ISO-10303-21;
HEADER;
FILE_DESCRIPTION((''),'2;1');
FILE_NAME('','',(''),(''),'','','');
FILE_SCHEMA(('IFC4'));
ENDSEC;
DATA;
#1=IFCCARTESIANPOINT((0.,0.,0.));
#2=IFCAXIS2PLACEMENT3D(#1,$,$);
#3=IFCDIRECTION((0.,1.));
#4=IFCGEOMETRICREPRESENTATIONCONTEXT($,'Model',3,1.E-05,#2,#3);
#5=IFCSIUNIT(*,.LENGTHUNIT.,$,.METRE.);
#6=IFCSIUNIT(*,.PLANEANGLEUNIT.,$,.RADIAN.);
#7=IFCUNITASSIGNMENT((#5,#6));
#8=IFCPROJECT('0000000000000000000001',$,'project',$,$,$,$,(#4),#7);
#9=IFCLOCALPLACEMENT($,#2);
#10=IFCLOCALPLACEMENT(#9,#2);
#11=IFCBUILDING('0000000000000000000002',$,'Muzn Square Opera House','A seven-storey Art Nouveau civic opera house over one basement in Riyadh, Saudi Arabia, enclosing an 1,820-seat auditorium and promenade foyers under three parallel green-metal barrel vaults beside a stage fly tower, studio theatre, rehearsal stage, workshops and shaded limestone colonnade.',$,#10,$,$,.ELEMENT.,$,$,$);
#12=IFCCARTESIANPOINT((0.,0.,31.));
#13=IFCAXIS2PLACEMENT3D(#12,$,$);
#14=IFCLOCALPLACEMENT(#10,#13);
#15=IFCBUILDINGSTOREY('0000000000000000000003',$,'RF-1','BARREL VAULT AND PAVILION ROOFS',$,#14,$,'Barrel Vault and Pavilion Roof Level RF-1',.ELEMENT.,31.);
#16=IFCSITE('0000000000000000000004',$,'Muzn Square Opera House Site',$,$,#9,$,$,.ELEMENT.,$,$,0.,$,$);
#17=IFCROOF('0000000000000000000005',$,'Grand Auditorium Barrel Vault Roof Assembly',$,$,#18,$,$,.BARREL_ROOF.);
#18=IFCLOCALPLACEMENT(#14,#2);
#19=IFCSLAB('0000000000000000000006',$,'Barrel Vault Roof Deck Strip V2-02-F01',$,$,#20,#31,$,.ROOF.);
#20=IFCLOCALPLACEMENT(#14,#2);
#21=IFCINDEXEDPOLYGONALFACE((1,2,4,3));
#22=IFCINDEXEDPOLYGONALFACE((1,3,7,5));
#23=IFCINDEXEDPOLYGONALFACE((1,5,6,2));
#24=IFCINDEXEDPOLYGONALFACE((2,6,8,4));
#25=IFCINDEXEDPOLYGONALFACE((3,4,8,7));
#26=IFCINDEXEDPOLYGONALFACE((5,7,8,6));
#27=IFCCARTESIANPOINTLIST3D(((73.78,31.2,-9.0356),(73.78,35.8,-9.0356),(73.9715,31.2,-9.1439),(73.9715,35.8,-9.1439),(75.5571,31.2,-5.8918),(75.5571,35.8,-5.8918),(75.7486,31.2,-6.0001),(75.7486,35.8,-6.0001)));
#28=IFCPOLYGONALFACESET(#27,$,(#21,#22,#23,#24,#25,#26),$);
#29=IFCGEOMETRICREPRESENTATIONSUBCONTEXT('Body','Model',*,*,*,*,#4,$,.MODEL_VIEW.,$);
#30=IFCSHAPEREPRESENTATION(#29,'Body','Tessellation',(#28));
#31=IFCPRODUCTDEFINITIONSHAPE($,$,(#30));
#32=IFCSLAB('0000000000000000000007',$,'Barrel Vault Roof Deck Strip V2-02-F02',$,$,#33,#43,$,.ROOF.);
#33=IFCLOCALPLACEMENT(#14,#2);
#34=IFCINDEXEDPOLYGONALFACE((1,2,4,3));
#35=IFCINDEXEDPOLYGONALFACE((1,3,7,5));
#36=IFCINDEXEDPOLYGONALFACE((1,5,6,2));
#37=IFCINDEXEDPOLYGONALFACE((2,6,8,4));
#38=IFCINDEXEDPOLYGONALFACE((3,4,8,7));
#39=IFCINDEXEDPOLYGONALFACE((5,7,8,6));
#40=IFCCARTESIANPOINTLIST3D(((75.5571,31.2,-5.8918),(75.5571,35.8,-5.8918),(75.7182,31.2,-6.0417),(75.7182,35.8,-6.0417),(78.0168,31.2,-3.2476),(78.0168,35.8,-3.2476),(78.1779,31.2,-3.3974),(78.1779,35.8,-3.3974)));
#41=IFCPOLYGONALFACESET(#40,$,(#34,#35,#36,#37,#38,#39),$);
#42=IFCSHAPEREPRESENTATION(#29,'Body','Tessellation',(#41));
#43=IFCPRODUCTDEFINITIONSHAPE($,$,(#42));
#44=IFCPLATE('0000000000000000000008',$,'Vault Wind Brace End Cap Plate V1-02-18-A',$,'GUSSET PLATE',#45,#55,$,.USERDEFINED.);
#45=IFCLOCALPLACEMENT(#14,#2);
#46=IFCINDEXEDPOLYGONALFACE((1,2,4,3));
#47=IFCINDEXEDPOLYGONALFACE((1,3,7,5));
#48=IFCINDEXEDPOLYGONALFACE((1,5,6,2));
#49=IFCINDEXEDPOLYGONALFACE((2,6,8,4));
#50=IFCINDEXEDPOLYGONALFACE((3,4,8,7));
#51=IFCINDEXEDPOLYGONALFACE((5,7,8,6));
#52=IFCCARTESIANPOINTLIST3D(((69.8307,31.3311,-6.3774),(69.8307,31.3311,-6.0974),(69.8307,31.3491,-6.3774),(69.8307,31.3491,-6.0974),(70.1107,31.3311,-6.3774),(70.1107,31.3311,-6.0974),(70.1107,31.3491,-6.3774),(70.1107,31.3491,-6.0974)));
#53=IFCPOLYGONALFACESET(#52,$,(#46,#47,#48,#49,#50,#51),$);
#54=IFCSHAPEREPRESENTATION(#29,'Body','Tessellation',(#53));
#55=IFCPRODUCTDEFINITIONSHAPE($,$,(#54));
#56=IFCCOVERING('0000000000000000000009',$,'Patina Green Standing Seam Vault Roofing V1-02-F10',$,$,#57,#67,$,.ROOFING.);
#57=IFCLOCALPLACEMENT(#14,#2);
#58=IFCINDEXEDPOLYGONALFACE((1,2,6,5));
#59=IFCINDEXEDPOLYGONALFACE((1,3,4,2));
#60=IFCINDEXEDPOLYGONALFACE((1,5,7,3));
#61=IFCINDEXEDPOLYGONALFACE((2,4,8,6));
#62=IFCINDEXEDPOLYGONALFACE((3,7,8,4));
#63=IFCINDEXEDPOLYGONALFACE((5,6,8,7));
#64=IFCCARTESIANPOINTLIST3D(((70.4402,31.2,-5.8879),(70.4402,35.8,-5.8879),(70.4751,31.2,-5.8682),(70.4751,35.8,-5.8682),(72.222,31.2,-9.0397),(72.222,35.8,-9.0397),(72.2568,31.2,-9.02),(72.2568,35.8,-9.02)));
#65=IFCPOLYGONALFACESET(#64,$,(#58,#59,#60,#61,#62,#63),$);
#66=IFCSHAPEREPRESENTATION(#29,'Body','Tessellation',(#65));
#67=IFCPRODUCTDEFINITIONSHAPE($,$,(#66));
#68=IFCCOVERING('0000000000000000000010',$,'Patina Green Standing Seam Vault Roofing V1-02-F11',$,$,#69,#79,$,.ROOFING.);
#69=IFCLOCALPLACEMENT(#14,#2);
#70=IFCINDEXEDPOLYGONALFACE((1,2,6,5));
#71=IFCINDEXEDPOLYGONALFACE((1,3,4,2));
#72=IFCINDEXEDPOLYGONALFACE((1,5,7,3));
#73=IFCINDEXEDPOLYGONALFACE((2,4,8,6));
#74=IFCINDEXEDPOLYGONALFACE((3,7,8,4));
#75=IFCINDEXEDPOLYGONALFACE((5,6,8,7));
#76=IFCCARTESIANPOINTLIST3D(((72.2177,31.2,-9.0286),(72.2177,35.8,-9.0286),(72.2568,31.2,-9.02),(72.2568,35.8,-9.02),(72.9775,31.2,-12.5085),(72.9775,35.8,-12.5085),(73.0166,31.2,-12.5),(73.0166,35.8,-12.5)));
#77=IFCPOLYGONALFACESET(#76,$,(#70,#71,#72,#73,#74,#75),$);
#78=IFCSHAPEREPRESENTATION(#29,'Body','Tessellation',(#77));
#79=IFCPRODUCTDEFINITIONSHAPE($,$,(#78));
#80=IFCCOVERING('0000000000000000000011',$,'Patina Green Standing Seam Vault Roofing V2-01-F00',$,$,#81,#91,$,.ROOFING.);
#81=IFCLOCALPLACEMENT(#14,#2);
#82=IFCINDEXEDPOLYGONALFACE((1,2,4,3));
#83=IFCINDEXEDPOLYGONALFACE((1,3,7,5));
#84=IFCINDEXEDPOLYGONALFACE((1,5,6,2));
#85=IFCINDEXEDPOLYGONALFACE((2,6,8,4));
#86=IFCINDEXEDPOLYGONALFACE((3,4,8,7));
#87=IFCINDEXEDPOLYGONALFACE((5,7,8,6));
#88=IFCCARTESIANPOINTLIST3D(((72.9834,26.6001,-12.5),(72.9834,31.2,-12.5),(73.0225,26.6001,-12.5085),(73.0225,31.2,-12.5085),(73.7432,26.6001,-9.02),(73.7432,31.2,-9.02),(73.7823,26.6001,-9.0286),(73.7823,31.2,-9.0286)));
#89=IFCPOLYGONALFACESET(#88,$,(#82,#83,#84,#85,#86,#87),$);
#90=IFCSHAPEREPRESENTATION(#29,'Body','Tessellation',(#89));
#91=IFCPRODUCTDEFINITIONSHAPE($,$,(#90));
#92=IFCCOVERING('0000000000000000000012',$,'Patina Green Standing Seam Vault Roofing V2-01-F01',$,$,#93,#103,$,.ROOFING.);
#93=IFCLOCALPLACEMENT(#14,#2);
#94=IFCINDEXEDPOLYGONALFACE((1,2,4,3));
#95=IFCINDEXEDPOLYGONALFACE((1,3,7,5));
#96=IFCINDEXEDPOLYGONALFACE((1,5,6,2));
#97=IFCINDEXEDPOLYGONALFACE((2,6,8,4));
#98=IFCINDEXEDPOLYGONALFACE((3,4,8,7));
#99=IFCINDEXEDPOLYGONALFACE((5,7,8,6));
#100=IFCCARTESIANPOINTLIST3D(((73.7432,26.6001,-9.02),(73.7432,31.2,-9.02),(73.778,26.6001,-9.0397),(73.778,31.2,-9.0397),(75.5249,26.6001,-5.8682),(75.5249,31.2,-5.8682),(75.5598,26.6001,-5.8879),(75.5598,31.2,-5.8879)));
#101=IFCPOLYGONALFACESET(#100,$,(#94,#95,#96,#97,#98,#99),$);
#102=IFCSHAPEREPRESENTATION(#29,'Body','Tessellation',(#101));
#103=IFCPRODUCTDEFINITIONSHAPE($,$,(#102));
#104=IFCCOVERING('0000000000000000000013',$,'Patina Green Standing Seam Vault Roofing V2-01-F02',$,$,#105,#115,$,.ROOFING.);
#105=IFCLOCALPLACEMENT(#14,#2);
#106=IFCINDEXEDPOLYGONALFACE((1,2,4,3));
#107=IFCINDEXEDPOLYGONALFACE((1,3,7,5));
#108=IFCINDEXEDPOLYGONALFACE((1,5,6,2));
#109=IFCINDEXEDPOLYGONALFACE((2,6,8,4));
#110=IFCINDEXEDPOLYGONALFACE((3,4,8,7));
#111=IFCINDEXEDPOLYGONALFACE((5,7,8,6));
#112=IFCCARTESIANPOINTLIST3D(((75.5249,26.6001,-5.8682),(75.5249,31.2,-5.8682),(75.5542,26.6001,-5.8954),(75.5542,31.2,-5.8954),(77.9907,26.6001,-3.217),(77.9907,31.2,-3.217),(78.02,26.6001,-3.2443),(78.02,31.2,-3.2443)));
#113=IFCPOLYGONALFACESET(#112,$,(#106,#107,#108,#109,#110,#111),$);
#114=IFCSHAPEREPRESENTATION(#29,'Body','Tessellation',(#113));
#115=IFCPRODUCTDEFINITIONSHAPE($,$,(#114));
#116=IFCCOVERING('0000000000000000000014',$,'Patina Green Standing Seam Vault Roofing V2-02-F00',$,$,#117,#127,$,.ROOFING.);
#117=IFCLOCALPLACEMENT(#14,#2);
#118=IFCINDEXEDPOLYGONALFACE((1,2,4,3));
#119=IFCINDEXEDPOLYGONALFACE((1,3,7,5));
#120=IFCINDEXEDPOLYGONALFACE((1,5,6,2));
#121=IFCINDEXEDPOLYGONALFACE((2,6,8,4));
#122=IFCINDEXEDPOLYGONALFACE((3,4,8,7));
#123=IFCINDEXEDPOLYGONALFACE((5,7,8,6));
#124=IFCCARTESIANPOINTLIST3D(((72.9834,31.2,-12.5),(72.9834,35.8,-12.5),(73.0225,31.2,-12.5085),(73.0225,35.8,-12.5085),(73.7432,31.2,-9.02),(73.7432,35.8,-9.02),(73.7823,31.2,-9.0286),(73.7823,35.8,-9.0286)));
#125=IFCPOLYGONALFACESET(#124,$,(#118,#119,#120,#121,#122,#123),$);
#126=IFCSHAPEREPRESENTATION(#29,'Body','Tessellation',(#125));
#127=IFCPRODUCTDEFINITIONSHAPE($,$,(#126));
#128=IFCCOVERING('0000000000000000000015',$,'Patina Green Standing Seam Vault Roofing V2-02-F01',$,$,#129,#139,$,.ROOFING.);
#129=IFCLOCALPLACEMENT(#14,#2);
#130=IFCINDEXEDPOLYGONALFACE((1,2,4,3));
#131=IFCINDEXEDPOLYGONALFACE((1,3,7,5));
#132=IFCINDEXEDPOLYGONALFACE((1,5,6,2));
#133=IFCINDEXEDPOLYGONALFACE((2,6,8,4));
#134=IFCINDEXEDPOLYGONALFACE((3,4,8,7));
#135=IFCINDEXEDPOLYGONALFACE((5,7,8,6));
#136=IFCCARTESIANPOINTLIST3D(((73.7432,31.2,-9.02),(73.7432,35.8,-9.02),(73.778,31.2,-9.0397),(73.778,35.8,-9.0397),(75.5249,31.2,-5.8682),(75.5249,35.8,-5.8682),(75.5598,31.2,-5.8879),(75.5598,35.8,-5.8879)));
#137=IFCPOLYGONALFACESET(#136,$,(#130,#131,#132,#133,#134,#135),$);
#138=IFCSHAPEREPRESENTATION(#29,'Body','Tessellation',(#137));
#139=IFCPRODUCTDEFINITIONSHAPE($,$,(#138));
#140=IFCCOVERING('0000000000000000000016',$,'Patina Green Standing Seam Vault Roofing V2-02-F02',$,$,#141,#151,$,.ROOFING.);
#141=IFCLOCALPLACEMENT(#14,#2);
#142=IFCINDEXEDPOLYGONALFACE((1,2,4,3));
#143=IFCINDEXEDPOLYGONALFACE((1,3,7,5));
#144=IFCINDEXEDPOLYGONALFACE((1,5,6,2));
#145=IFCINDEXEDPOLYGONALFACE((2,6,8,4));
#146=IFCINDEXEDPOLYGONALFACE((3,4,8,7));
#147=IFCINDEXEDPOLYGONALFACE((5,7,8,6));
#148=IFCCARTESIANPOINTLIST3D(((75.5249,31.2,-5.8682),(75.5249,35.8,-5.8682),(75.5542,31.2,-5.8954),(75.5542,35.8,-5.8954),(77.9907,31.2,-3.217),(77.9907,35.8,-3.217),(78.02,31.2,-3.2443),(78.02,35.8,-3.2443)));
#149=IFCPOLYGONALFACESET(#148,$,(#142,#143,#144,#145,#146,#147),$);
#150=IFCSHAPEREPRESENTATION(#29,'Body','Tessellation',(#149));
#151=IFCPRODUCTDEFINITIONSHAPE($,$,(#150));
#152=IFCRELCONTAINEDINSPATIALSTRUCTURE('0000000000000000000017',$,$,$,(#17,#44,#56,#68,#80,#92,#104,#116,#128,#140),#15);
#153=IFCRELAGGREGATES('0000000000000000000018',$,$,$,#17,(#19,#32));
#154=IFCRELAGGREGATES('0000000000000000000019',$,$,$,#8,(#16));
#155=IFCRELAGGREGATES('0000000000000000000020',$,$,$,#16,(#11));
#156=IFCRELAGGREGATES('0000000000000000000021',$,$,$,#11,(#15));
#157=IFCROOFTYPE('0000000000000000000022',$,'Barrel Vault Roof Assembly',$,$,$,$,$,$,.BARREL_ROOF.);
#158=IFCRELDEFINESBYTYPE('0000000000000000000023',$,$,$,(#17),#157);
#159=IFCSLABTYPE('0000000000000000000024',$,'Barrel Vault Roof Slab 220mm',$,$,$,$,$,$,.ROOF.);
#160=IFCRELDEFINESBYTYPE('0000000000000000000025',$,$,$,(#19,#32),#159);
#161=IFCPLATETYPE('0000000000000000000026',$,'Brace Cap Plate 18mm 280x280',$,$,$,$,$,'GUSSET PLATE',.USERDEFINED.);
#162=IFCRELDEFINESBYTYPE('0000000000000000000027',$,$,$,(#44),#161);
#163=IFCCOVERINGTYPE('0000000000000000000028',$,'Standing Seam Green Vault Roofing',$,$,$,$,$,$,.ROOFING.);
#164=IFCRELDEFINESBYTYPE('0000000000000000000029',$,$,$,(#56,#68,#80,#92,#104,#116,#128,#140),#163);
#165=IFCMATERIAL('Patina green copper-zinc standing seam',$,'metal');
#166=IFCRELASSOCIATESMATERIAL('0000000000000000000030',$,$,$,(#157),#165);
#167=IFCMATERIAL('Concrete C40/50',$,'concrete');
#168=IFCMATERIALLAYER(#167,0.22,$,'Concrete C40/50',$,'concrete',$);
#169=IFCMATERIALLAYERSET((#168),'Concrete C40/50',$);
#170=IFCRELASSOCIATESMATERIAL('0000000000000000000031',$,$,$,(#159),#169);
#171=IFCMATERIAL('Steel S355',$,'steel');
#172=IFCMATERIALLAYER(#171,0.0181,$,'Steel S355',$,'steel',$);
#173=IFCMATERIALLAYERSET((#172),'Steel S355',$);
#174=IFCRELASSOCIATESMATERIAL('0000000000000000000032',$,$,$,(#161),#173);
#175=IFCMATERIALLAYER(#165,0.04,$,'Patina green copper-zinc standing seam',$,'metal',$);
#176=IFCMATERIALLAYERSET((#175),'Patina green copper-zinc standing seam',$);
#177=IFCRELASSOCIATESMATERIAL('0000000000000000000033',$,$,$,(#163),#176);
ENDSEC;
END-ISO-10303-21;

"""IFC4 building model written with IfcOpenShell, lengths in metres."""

from ifc_helpers import new_model, si_unit, direction, frame, origin, origin_2d, place, context, subcontext, project, spatial, polyline, rectangle, outline, extrude, material, layer, layer_set, type_object, element, aggregate, save


model = new_model("IFC4")

# Units and contexts
model_context = context("Model", 3, precision=1e-05, world=origin(), true_north=direction((0.0, 1.0)))
body_context = subcontext(model_context, "Body", "Model", "MODEL_VIEW")
ifc_project = project(units=[si_unit("LENGTHUNIT", "METRE"), si_unit("PLANEANGLEUNIT", "RADIAN")], contexts=[model_context])

# Site, building, storey
site_placement = place(None, origin())
site = spatial("IfcSite", under=ifc_project, at=site_placement, Name="Muzn Square Opera House Site", CompositionType="ELEMENT", RefElevation=0.0)
building_placement = place(site_placement, origin())
building = spatial("IfcBuilding", under=site, at=building_placement, Name="Muzn Square Opera House", Description="A seven-storey Art Nouveau civic opera house over one basement in Riyadh, Saudi Arabia, enclosing an 1,820-seat auditorium and promenade foyers under three parallel green-metal barrel vaults beside a stage fly tower, studio theatre, rehearsal stage, workshops and shaded limestone colonnade.", CompositionType="ELEMENT")
storey_placement = place(building_placement, frame((0.0, 0.0, 31.0)))
storey = spatial("IfcBuildingStorey", under=building, at=storey_placement, Name="RF-1", Description="BARREL VAULT AND PAVILION ROOFS", LongName="Barrel Vault and Pavilion Roof Level RF-1", CompositionType="ELEMENT", Elevation=31.0)

# Shared definitions
ifc_material_1 = material(Name="Steel S355", Category="steel")

# Roof, slabs
ifc_material_2 = material(Name="Patina green copper-zinc standing seam", Category="metal")
roof_type = type_object("IfcRoofType", Name="Barrel Vault Roof Assembly", PredefinedType="BARREL_ROOF", material=ifc_material_2)
ifc_material_3 = material(Name="Concrete C40/50", Category="concrete")
ifc_layer_1 = layer(ifc_material_3, 0.22, Name="Concrete C40/50", Category="concrete")
ifc_layer_set_1 = layer_set([ifc_layer_1], Name="Concrete C40/50")
slab_type = type_object("IfcSlabType", Name="Barrel Vault Roof Slab 220mm", PredefinedType="ROOF", material=ifc_layer_set_1)
roof_1_placement = place(storey_placement, origin())
roof_1 = element("IfcRoof", 1, at=roof_1_placement, inside=storey, type_object=roof_type, Name="Grand Auditorium Barrel Vault Roof Assembly", PredefinedType="BARREL_ROOF")
slab_1_placement = place(storey_placement, frame((75.5571, 31.2, -5.8918), z_axis=(-0.870543, 0.0, 0.492093), x_axis=(0.0, 1.0, 0.0)))
slab_1 = element("IfcSlab", 2, at=slab_1_placement, type_object=slab_type, Name="Barrel Vault Roof Deck Strip V2-02-F01", PredefinedType="ROOF", context=body_context, shape_type="SweptSolid", body=[
    extrude(outline(polyline([(0.0, 3.6113), (0.0, 0.0), (4.6001, 0.0), (4.6001, 3.6113), (0.0, 3.6113)])), origin(), (0.0, 0.0, -1.0), 0.22),
])
slab_2_placement = place(storey_placement, frame((78.0168, 31.2, -3.2476), z_axis=(-0.732198, 0.0, 0.681091), x_axis=(0.0, 1.0, 0.0)))
slab_2 = element("IfcSlab", 3, at=slab_2_placement, type_object=slab_type, Name="Barrel Vault Roof Deck Strip V2-02-F02", PredefinedType="ROOF", context=body_context, shape_type="SweptSolid", body=[
    extrude(outline(polyline([(0.0, 3.6114), (0.0, 0.0), (4.6001, 0.0), (4.6001, 3.6114), (0.0, 3.6114)])), origin(), (0.0, 0.0, -1.0), 0.22),
])
aggregate(roof_1, [slab_1, slab_2])

# Plate
ifc_layer_2 = layer(ifc_material_1, 0.0181, Name="Steel S355", Category="steel")
ifc_layer_set_2 = layer_set([ifc_layer_2], Name="Steel S355")
plate_type = type_object("IfcPlateType", Name="Brace Cap Plate 18mm 280x280", ElementType="GUSSET PLATE", PredefinedType="USERDEFINED", material=ifc_layer_set_2)
plate_placement = place(storey_placement, frame((69.9707, 31.3401, -6.3774), z_axis=(0.0, 0.0, 1.0), x_axis=(1.0, 0.0, 0.0)))
element("IfcPlate", 4, at=plate_placement, inside=storey, type_object=plate_type, Name="Vault Wind Brace End Cap Plate V1-02-18-A", ObjectType="GUSSET PLATE", PredefinedType="USERDEFINED", context=body_context, shape_type="SweptSolid", body=[
    extrude(rectangle(XDim=0.28, YDim=0.0181, at=origin_2d()), origin(), (0.0, 0.0, 1.0), 0.28),
])

# Coverings
ifc_layer_3 = layer(ifc_material_2, 0.04, Name="Patina green copper-zinc standing seam", Category="metal")
ifc_layer_set_3 = layer_set([ifc_layer_3], Name="Patina green copper-zinc standing seam")
covering_type = type_object("IfcCoveringType", Name="Standing Seam Green Vault Roofing", PredefinedType="ROOFING", material=ifc_layer_set_3)
covering_1_placement = place(storey_placement, frame((70.4751, 31.2, -5.8682), z_axis=(0.870533, 0.0, 0.492111), x_axis=(0.492111, 0.0, -0.870533)))
element("IfcCovering", 5, at=covering_1_placement, inside=storey, type_object=covering_type, Name="Patina Green Standing Seam Vault Roofing V1-02-F10", PredefinedType="ROOFING", context=body_context, shape_type="SweptSolid", body=[
    extrude(outline(polyline([(0.0, 0.0), (3.6206, 0.0), (3.6206, 4.6001), (0.0, 4.6001), (0.0, 0.0)])), origin(), (0.0, 0.0, -1.0), 0.04),
])
covering_2_placement = place(storey_placement, frame((72.2568, 31.2, -9.02), z_axis=(0.976987, 0.0, 0.2133), x_axis=(0.2133, 0.0, -0.976987)))
element("IfcCovering", 6, at=covering_2_placement, inside=storey, type_object=covering_type, Name="Patina Green Standing Seam Vault Roofing V1-02-F11", PredefinedType="ROOFING", context=body_context, shape_type="SweptSolid", body=[
    extrude(outline(polyline([(0.0, 0.0), (3.562, 0.0), (3.562, 4.6001), (0.0, 4.6001), (0.0, 0.0)])), origin(), (0.0, 0.0, -1.0), 0.04),
])
covering_3_placement = place(storey_placement, frame((73.7432, 26.6001, -9.02), z_axis=(-0.976987, 0.0, 0.2133), x_axis=(0.0, 1.0, 0.0)))
element("IfcCovering", 7, at=covering_3_placement, inside=storey, type_object=covering_type, Name="Patina Green Standing Seam Vault Roofing V2-01-F00", PredefinedType="ROOFING", context=body_context, shape_type="SweptSolid", body=[
    extrude(outline(polyline([(0.0, 3.562), (0.0, 0.0), (4.5999, 0.0), (4.5999, 3.562), (0.0, 3.562)])), origin(), (0.0, 0.0, -1.0), 0.04),
])
covering_4_placement = place(storey_placement, frame((75.5249, 26.6001, -5.8682), z_axis=(-0.870533, 0.0, 0.492111), x_axis=(0.0, 1.0, 0.0)))
element("IfcCovering", 8, at=covering_4_placement, inside=storey, type_object=covering_type, Name="Patina Green Standing Seam Vault Roofing V2-01-F01", PredefinedType="ROOFING", context=body_context, shape_type="SweptSolid", body=[
    extrude(outline(polyline([(0.0, 3.6206), (0.0, 0.0), (4.5999, 0.0), (4.5999, 3.6206), (0.0, 3.6206)])), origin(), (0.0, 0.0, -1.0), 0.04),
])
covering_5_placement = place(storey_placement, frame((77.9907, 26.6001, -3.217), z_axis=(-0.732234, 0.0, 0.681053), x_axis=(0.0, 1.0, 0.0)))
element("IfcCovering", 9, at=covering_5_placement, inside=storey, type_object=covering_type, Name="Patina Green Standing Seam Vault Roofing V2-01-F02", PredefinedType="ROOFING", context=body_context, shape_type="SweptSolid", body=[
    extrude(outline(polyline([(0.0, 3.6206), (0.0, 0.0), (4.5999, 0.0), (4.5999, 3.6206), (0.0, 3.6206)])), origin(), (0.0, 0.0, -1.0), 0.04),
])
covering_6_placement = place(storey_placement, frame((73.7432, 31.2, -9.02), z_axis=(-0.976987, 0.0, 0.2133), x_axis=(0.0, 1.0, 0.0)))
element("IfcCovering", 10, at=covering_6_placement, inside=storey, type_object=covering_type, Name="Patina Green Standing Seam Vault Roofing V2-02-F00", PredefinedType="ROOFING", context=body_context, shape_type="SweptSolid", body=[
    extrude(outline(polyline([(0.0, 3.562), (0.0, 0.0), (4.6001, 0.0), (4.6001, 3.562), (0.0, 3.562)])), origin(), (0.0, 0.0, -1.0), 0.04),
])
covering_7_placement = place(storey_placement, frame((75.5249, 31.2, -5.8682), z_axis=(-0.870533, 0.0, 0.492111), x_axis=(0.0, 1.0, 0.0)))
element("IfcCovering", 11, at=covering_7_placement, inside=storey, type_object=covering_type, Name="Patina Green Standing Seam Vault Roofing V2-02-F01", PredefinedType="ROOFING", context=body_context, shape_type="SweptSolid", body=[
    extrude(outline(polyline([(0.0, 3.6206), (0.0, 0.0), (4.6001, 0.0), (4.6001, 3.6206), (0.0, 3.6206)])), origin(), (0.0, 0.0, -1.0), 0.04),
])
covering_8_placement = place(storey_placement, frame((77.9907, 31.2, -3.217), z_axis=(-0.732234, 0.0, 0.681053), x_axis=(0.0, 1.0, 0.0)))
element("IfcCovering", 12, at=covering_8_placement, inside=storey, type_object=covering_type, Name="Patina Green Standing Seam Vault Roofing V2-02-F02", PredefinedType="ROOFING", context=body_context, shape_type="SweptSolid", body=[
    extrude(outline(polyline([(0.0, 3.6206), (0.0, 0.0), (4.6001, 0.0), (4.6001, 3.6206), (0.0, 3.6206)])), origin(), (0.0, 0.0, -1.0), 0.04),
])

save(model, "model.ifc")
